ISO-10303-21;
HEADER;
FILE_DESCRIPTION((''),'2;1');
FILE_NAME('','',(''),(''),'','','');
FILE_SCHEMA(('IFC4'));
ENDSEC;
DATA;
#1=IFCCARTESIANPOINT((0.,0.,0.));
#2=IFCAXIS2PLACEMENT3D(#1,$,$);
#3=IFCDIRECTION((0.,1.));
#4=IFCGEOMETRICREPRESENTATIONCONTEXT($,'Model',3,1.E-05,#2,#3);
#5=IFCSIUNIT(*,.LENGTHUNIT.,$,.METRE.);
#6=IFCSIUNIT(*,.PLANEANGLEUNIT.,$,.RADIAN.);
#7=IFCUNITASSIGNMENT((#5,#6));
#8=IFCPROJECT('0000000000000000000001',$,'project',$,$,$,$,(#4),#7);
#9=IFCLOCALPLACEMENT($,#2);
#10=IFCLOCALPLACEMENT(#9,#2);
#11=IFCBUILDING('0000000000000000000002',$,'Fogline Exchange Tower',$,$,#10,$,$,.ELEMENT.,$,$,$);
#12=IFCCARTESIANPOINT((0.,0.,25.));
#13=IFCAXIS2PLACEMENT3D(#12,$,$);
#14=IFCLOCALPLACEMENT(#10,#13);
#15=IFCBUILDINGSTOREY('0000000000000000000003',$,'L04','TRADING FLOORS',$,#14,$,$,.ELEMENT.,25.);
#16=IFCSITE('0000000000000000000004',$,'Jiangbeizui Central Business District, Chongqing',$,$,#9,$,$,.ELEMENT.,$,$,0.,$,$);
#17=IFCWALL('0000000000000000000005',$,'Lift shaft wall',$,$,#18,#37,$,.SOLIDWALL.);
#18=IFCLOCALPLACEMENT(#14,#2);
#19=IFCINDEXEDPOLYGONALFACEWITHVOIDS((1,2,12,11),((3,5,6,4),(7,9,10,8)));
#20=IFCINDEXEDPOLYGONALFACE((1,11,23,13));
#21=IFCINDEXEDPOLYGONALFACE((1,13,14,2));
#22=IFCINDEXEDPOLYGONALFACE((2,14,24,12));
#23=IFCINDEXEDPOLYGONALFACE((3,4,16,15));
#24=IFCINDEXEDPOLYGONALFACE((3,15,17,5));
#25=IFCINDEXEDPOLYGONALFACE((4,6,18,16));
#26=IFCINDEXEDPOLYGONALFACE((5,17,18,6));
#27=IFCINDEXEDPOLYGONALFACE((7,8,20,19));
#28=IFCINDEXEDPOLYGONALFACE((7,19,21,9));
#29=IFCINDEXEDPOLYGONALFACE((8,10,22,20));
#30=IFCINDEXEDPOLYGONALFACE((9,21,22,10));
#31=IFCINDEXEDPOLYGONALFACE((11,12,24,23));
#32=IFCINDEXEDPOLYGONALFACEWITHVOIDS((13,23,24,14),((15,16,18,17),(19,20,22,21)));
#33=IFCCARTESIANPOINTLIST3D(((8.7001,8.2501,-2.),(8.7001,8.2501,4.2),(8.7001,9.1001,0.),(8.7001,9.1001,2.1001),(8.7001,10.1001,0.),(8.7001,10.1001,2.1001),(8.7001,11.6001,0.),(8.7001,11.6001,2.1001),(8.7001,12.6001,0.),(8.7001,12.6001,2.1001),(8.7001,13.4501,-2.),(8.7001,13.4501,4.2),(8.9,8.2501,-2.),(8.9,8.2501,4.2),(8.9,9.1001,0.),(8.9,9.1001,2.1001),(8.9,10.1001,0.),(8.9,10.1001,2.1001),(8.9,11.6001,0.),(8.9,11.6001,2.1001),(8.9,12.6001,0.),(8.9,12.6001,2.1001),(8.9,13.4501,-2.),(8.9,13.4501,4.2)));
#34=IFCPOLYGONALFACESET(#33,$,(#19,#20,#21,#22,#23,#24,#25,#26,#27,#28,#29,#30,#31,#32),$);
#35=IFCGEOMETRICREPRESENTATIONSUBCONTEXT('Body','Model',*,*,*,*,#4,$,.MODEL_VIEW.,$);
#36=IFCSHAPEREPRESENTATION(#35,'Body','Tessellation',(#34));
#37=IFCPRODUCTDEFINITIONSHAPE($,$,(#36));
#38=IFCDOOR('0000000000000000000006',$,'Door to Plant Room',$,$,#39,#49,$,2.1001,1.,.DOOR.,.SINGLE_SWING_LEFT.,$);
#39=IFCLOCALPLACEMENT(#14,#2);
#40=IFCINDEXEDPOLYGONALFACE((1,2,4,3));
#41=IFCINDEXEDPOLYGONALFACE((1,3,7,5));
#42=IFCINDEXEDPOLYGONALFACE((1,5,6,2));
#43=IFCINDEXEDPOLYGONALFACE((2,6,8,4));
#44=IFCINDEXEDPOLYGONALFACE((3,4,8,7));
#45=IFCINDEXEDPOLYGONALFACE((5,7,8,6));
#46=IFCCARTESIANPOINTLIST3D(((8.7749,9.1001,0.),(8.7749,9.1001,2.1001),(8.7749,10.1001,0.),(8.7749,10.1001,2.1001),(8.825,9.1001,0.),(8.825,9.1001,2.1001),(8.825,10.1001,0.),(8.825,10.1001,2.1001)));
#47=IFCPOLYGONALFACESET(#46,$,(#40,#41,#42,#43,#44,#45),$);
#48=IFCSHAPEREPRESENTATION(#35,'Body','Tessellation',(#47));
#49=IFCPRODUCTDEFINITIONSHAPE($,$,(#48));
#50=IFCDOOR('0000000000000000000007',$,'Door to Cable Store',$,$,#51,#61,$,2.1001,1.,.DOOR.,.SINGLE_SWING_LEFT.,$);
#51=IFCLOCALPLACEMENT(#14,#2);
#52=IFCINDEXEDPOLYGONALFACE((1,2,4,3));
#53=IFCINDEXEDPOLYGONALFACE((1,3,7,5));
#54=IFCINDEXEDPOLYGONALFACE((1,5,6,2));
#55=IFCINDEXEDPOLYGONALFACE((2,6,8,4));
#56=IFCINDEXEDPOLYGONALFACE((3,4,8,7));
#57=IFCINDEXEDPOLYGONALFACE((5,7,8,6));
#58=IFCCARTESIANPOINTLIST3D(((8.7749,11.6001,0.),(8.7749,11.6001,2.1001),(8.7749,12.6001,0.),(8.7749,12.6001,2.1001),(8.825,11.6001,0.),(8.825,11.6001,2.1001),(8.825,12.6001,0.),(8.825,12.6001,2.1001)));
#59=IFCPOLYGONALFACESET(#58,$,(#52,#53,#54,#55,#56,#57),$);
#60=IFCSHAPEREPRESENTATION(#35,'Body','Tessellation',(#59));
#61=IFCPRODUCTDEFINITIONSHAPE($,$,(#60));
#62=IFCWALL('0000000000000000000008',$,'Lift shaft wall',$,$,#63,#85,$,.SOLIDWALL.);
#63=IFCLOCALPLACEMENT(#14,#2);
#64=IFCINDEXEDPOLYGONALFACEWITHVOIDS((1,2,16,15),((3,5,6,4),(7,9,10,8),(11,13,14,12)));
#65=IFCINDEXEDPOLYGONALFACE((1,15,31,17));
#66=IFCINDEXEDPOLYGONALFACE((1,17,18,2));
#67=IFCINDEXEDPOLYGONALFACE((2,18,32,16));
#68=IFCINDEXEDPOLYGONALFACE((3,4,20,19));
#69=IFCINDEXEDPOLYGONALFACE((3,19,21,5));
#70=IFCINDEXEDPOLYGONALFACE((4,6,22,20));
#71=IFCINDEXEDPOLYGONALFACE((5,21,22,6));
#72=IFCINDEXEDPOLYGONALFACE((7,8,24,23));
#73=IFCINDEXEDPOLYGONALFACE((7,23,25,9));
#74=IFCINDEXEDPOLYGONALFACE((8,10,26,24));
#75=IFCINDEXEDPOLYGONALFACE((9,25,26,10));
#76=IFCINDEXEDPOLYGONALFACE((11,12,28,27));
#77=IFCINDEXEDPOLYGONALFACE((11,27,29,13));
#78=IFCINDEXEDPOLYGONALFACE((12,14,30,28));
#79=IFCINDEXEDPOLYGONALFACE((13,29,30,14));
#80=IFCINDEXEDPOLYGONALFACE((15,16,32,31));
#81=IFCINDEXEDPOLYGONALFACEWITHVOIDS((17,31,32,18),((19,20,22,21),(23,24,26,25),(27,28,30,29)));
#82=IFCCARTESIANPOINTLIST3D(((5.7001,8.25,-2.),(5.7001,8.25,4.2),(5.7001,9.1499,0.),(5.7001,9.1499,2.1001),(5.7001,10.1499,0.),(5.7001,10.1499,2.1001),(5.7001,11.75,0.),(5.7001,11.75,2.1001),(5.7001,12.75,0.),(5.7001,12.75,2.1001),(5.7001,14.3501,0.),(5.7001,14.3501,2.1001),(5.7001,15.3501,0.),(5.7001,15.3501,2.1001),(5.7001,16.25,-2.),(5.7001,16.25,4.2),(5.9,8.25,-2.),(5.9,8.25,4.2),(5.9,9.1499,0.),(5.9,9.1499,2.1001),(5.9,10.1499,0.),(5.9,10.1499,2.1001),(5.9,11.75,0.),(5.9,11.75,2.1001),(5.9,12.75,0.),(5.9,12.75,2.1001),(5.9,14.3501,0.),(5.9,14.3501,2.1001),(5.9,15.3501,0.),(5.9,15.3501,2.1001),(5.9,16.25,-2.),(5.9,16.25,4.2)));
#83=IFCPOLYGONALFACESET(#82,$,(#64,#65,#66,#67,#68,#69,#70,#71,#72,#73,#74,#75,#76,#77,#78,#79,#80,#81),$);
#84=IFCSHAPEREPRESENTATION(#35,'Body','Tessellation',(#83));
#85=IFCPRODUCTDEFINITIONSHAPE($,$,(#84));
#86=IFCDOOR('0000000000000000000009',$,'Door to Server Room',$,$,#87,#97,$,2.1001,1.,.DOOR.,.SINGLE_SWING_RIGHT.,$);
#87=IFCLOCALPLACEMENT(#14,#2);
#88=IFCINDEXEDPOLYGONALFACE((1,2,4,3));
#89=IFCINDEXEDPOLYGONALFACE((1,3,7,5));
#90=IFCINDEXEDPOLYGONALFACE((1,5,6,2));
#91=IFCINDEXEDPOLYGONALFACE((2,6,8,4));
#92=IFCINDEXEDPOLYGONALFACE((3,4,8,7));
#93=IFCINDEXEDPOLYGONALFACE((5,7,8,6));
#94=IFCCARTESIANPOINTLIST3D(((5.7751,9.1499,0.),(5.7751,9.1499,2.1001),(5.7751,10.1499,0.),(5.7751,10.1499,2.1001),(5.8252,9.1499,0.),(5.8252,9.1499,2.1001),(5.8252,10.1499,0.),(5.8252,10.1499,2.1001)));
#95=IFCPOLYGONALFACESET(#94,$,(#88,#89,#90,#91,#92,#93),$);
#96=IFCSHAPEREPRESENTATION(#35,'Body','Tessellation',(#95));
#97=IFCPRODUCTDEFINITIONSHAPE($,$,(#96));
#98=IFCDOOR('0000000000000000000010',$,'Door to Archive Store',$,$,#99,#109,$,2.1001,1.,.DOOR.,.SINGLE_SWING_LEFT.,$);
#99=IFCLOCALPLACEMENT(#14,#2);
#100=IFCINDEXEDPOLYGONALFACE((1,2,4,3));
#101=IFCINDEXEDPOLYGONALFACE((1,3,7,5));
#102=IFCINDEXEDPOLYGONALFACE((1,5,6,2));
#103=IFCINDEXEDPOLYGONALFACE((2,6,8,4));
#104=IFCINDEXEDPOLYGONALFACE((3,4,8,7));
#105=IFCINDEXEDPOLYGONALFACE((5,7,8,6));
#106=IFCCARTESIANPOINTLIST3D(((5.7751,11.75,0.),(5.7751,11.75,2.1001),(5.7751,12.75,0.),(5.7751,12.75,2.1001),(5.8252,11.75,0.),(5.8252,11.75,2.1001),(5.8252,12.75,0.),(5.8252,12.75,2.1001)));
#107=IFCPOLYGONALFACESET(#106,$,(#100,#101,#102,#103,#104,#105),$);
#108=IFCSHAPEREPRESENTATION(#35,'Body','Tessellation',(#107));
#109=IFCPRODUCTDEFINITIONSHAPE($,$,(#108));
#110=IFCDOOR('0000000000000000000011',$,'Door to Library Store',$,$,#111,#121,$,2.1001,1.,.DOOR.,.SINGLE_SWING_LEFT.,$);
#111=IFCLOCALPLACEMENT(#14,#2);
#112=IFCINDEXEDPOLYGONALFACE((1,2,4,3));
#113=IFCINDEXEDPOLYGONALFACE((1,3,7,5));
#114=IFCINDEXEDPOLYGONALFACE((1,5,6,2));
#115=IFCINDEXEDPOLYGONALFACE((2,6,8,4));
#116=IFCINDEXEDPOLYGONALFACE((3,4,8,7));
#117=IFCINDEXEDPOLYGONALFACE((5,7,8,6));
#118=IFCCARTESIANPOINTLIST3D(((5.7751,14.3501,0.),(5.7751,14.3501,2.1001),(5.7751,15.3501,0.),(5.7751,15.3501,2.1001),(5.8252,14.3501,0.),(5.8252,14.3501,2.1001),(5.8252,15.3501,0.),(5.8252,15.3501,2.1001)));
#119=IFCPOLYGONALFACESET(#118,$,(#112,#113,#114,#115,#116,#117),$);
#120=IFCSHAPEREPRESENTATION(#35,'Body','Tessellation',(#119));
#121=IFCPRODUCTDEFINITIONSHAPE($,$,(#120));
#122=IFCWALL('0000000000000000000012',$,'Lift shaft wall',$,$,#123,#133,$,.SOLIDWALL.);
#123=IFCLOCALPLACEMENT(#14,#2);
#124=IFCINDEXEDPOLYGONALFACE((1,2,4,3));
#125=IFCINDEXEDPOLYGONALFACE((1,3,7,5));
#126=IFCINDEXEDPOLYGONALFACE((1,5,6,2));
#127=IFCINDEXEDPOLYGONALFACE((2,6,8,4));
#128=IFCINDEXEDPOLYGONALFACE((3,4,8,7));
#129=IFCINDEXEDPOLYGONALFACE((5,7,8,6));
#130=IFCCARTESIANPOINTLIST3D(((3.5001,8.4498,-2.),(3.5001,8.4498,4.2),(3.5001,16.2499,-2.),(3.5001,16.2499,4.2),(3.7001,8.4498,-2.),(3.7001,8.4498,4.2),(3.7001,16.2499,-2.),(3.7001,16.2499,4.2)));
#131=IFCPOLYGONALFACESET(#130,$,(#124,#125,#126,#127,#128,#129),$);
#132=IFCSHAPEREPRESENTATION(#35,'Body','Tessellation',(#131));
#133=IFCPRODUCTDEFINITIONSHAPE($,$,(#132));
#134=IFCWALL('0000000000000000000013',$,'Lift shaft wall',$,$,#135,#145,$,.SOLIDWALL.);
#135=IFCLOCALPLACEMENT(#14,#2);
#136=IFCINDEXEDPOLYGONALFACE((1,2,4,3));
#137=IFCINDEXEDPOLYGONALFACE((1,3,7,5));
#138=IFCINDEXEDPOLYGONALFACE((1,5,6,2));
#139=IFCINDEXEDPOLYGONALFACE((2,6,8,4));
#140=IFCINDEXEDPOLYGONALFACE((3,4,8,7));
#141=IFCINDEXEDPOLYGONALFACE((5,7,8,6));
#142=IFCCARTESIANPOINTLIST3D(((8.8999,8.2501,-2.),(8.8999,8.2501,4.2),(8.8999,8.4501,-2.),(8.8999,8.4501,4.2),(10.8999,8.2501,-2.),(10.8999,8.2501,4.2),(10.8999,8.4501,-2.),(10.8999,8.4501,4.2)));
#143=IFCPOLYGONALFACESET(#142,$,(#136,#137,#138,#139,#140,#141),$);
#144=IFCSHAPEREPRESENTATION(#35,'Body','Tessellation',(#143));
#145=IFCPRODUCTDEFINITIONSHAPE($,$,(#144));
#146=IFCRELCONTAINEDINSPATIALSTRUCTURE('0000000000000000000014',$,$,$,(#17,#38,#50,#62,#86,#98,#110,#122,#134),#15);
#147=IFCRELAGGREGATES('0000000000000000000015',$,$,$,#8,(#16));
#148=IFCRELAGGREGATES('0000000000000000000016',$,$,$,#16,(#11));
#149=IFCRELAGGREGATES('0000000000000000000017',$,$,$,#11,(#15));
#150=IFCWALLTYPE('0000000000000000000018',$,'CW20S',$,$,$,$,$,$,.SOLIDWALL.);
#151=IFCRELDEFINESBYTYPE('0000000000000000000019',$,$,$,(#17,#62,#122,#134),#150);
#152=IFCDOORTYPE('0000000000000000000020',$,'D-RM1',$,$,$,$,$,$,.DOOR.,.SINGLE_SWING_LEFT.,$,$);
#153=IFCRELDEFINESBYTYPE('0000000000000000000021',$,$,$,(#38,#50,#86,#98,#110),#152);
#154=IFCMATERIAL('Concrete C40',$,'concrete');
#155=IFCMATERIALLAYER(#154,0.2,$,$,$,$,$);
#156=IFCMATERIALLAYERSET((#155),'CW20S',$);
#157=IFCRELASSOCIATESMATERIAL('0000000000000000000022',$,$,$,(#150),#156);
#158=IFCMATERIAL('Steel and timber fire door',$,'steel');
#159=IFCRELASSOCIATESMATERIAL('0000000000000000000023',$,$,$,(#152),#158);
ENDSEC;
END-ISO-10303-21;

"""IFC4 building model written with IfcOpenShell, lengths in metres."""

from ifc_helpers import new_model, si_unit, direction, frame, frame_2d, origin, place, context, subcontext, project, spatial, rectangle, extrude, material, layer, layer_set, type_object, element, fill, save


model = new_model("IFC4")

# Units and contexts
model_context = context("Model", 3, precision=1e-05, world=origin(), true_north=direction((0.0, 1.0)))
body_context = subcontext(model_context, "Body", "Model", "MODEL_VIEW")
ifc_project = project(units=[si_unit("LENGTHUNIT", "METRE"), si_unit("PLANEANGLEUNIT", "RADIAN")], contexts=[model_context])

# Site, building, storey
site_placement = place(None, origin())
site = spatial("IfcSite", under=ifc_project, at=site_placement, Name="Jiangbeizui Central Business District, Chongqing", CompositionType="ELEMENT", RefElevation=0.0)
building_placement = place(site_placement, origin())
building = spatial("IfcBuilding", under=site, at=building_placement, Name="Fogline Exchange Tower", CompositionType="ELEMENT")
storey_placement = place(building_placement, frame((0.0, 0.0, 25.0)))
storey = spatial("IfcBuildingStorey", under=building, at=storey_placement, Name="L04", Description="TRADING FLOORS", CompositionType="ELEMENT", Elevation=25.0)

# Shared definitions
ifc_material_1 = material(Name="Steel and timber fire door", Category="steel")

# Shared definitions
ifc_material_2 = material(Name="Concrete C40", Category="concrete")

# Walls, openings, doors
ifc_layer_1 = layer(ifc_material_2, 0.2)
ifc_layer_set_1 = layer_set([ifc_layer_1], Name="CW20S")
wall_type_1 = type_object("IfcWallType", Name="CW20S", PredefinedType="SOLIDWALL", material=ifc_layer_set_1)
wall_1_placement = place(storey_placement, frame((8.8, 8.25, -2.0), z_axis=(0.0, 0.0, 1.0), x_axis=(0.0, 1.0, 0.0)))
wall_1 = element("IfcWall", 1, at=wall_1_placement, inside=storey, type_object=wall_type_1, Name="Lift shaft wall", PredefinedType="SOLIDWALL", context=body_context, shape_type="SweptSolid", body=[
    extrude(rectangle(XDim=5.2, YDim=0.2, at=frame_2d((2.6001, 0.0))), origin(), (0.0, 0.0, 1.0), 6.2),
])
opening_1_placement = place(wall_1_placement, frame((0.8501, 0.0, 2.0)))
opening_1 = element("IfcOpeningElement", 2, at=opening_1_placement, cuts=wall_1, PredefinedType="OPENING", context=body_context, shape_type="SweptSolid", body=[
    extrude(rectangle(XDim=1.0, YDim=2.1001, at=frame_2d((0.5, 1.05))), frame((0.0, 0.1099, 0.0), z_axis=(0.0, -1.0, 0.0), x_axis=(1.0, 0.0, 0.0)), (0.0, 0.0, 1.0), 0.22),
])
opening_2_placement = place(wall_1_placement, frame((3.3501, 0.0, 2.0)))
opening_2 = element("IfcOpeningElement", 3, at=opening_2_placement, cuts=wall_1, PredefinedType="OPENING", context=body_context, shape_type="SweptSolid", body=[
    extrude(rectangle(XDim=1.0, YDim=2.1001, at=frame_2d((0.5, 1.05))), frame((0.0, 0.1099, 0.0), z_axis=(0.0, -1.0, 0.0), x_axis=(1.0, 0.0, 0.0)), (0.0, 0.0, 1.0), 0.22),
])
door_type_1 = type_object("IfcDoorType", Name="D-RM1", OperationType="SINGLE_SWING_LEFT", PredefinedType="DOOR", material=ifc_material_1)
door_1_placement = place(opening_1_placement, frame((1.0, 0.0, 0.0), z_axis=(0.0, 0.0, 1.0), x_axis=(-1.0, 0.0, 0.0)))
door_1 = element("IfcDoor", 4, at=door_1_placement, inside=storey, type_object=door_type_1, Name="Door to Plant Room", OperationType="SINGLE_SWING_LEFT", OverallHeight=2.1001, OverallWidth=1.0, PredefinedType="DOOR", context=body_context, shape_type="SweptSolid", body=[
    extrude(rectangle(XDim=1.0, YDim=2.1001, at=frame_2d((0.5, 1.05))), frame((0.0, 0.0249, 0.0), z_axis=(0.0, -1.0, 0.0), x_axis=(1.0, 0.0, 0.0)), (0.0, 0.0, 1.0), 0.05),
])
fill(opening_1, door_1)
door_2_placement = place(opening_2_placement, frame((1.0, 0.0, 0.0), z_axis=(0.0, 0.0, 1.0), x_axis=(-1.0, 0.0, 0.0)))
door_2 = element("IfcDoor", 5, at=door_2_placement, inside=storey, type_object=door_type_1, Name="Door to Cable Store", OperationType="SINGLE_SWING_LEFT", OverallHeight=2.1001, OverallWidth=1.0, PredefinedType="DOOR", context=body_context, shape_type="SweptSolid", body=[
    extrude(rectangle(XDim=1.0, YDim=2.1001, at=frame_2d((0.5, 1.05))), frame((0.0, 0.0249, 0.0), z_axis=(0.0, -1.0, 0.0), x_axis=(1.0, 0.0, 0.0)), (0.0, 0.0, 1.0), 0.05),
])
fill(opening_2, door_2)
wall_2_placement = place(storey_placement, frame((5.8, 8.25, -2.0), z_axis=(0.0, 0.0, 1.0), x_axis=(0.0, 1.0, 0.0)))
wall_2 = element("IfcWall", 6, at=wall_2_placement, inside=storey, type_object=wall_type_1, Name="Lift shaft wall", PredefinedType="SOLIDWALL", context=body_context, shape_type="SweptSolid", body=[
    extrude(rectangle(XDim=8.0, YDim=0.2, at=frame_2d((4.0, 0.0))), origin(), (0.0, 0.0, 1.0), 6.2),
])
opening_3_placement = place(wall_2_placement, frame((0.8999, 0.0, 2.0)))
opening_3 = element("IfcOpeningElement", 7, at=opening_3_placement, cuts=wall_2, PredefinedType="OPENING", context=body_context, shape_type="SweptSolid", body=[
    extrude(rectangle(XDim=1.0, YDim=2.1001, at=frame_2d((0.5, 1.05))), frame((0.0, 0.1099, 0.0), z_axis=(0.0, -1.0, 0.0), x_axis=(1.0, 0.0, 0.0)), (0.0, 0.0, 1.0), 0.22),
])
opening_4_placement = place(wall_2_placement, frame((3.5, 0.0, 2.0)))
opening_4 = element("IfcOpeningElement", 8, at=opening_4_placement, cuts=wall_2, PredefinedType="OPENING", context=body_context, shape_type="SweptSolid", body=[
    extrude(rectangle(XDim=1.0, YDim=2.1001, at=frame_2d((0.5, 1.05))), frame((0.0, 0.1099, 0.0), z_axis=(0.0, -1.0, 0.0), x_axis=(1.0, 0.0, 0.0)), (0.0, 0.0, 1.0), 0.22),
])
opening_5_placement = place(wall_2_placement, frame((6.1001, 0.0, 2.0)))
opening_5 = element("IfcOpeningElement", 9, at=opening_5_placement, cuts=wall_2, PredefinedType="OPENING", context=body_context, shape_type="SweptSolid", body=[
    extrude(rectangle(XDim=1.0, YDim=2.1001, at=frame_2d((0.5, 1.05))), frame((0.0, 0.1099, 0.0), z_axis=(0.0, -1.0, 0.0), x_axis=(1.0, 0.0, 0.0)), (0.0, 0.0, 1.0), 0.22),
])
door_3_placement = place(opening_3_placement, origin())
door_3 = element("IfcDoor", 10, at=door_3_placement, inside=storey, type_object=door_type_1, Name="Door to Server Room", OperationType="SINGLE_SWING_RIGHT", OverallHeight=2.1001, OverallWidth=1.0, PredefinedType="DOOR", context=body_context, shape_type="SweptSolid", body=[
    extrude(rectangle(XDim=1.0, YDim=2.1001, at=frame_2d((0.5, 1.05))), frame((0.0, 0.0249, 0.0), z_axis=(0.0, -1.0, 0.0), x_axis=(1.0, 0.0, 0.0)), (0.0, 0.0, 1.0), 0.05),
])
fill(opening_3, door_3)
door_4_placement = place(opening_4_placement, origin())
door_4 = element("IfcDoor", 11, at=door_4_placement, inside=storey, type_object=door_type_1, Name="Door to Archive Store", OperationType="SINGLE_SWING_LEFT", OverallHeight=2.1001, OverallWidth=1.0, PredefinedType="DOOR", context=body_context, shape_type="SweptSolid", body=[
    extrude(rectangle(XDim=1.0, YDim=2.1001, at=frame_2d((0.5, 1.05))), frame((0.0, 0.0249, 0.0), z_axis=(0.0, -1.0, 0.0), x_axis=(1.0, 0.0, 0.0)), (0.0, 0.0, 1.0), 0.05),
])
fill(opening_4, door_4)
door_5_placement = place(opening_5_placement, origin())
door_5 = element("IfcDoor", 12, at=door_5_placement, inside=storey, type_object=door_type_1, Name="Door to Library Store", OperationType="SINGLE_SWING_LEFT", OverallHeight=2.1001, OverallWidth=1.0, PredefinedType="DOOR", context=body_context, shape_type="SweptSolid", body=[
    extrude(rectangle(XDim=1.0, YDim=2.1001, at=frame_2d((0.5, 1.05))), frame((0.0, 0.0249, 0.0), z_axis=(0.0, -1.0, 0.0), x_axis=(1.0, 0.0, 0.0)), (0.0, 0.0, 1.0), 0.05),
])
fill(opening_5, door_5)

# Walls
wall_3_placement = place(storey_placement, frame((3.6001, 8.45, -2.0), z_axis=(0.0, 0.0, 1.0), x_axis=(0.0, 1.0, 0.0)))
element("IfcWall", 13, at=wall_3_placement, inside=storey, type_object=wall_type_1, Name="Lift shaft wall", PredefinedType="SOLIDWALL", context=body_context, shape_type="SweptSolid", body=[
    extrude(rectangle(XDim=7.8, YDim=0.2, at=frame_2d((3.8999, 0.0))), origin(), (0.0, 0.0, 1.0), 6.2),
])
wall_4_placement = place(storey_placement, frame((8.8999, 8.3501, -2.0), z_axis=(0.0, 0.0, 1.0), x_axis=(1.0, 0.0, 0.0)))
element("IfcWall", 14, at=wall_4_placement, inside=storey, type_object=wall_type_1, Name="Lift shaft wall", PredefinedType="SOLIDWALL", context=body_context, shape_type="SweptSolid", body=[
    extrude(rectangle(XDim=2.0, YDim=0.2, at=frame_2d((1.0, 0.0))), origin(), (0.0, 0.0, 1.0), 6.2),
])

save(model, "model.ifc")
